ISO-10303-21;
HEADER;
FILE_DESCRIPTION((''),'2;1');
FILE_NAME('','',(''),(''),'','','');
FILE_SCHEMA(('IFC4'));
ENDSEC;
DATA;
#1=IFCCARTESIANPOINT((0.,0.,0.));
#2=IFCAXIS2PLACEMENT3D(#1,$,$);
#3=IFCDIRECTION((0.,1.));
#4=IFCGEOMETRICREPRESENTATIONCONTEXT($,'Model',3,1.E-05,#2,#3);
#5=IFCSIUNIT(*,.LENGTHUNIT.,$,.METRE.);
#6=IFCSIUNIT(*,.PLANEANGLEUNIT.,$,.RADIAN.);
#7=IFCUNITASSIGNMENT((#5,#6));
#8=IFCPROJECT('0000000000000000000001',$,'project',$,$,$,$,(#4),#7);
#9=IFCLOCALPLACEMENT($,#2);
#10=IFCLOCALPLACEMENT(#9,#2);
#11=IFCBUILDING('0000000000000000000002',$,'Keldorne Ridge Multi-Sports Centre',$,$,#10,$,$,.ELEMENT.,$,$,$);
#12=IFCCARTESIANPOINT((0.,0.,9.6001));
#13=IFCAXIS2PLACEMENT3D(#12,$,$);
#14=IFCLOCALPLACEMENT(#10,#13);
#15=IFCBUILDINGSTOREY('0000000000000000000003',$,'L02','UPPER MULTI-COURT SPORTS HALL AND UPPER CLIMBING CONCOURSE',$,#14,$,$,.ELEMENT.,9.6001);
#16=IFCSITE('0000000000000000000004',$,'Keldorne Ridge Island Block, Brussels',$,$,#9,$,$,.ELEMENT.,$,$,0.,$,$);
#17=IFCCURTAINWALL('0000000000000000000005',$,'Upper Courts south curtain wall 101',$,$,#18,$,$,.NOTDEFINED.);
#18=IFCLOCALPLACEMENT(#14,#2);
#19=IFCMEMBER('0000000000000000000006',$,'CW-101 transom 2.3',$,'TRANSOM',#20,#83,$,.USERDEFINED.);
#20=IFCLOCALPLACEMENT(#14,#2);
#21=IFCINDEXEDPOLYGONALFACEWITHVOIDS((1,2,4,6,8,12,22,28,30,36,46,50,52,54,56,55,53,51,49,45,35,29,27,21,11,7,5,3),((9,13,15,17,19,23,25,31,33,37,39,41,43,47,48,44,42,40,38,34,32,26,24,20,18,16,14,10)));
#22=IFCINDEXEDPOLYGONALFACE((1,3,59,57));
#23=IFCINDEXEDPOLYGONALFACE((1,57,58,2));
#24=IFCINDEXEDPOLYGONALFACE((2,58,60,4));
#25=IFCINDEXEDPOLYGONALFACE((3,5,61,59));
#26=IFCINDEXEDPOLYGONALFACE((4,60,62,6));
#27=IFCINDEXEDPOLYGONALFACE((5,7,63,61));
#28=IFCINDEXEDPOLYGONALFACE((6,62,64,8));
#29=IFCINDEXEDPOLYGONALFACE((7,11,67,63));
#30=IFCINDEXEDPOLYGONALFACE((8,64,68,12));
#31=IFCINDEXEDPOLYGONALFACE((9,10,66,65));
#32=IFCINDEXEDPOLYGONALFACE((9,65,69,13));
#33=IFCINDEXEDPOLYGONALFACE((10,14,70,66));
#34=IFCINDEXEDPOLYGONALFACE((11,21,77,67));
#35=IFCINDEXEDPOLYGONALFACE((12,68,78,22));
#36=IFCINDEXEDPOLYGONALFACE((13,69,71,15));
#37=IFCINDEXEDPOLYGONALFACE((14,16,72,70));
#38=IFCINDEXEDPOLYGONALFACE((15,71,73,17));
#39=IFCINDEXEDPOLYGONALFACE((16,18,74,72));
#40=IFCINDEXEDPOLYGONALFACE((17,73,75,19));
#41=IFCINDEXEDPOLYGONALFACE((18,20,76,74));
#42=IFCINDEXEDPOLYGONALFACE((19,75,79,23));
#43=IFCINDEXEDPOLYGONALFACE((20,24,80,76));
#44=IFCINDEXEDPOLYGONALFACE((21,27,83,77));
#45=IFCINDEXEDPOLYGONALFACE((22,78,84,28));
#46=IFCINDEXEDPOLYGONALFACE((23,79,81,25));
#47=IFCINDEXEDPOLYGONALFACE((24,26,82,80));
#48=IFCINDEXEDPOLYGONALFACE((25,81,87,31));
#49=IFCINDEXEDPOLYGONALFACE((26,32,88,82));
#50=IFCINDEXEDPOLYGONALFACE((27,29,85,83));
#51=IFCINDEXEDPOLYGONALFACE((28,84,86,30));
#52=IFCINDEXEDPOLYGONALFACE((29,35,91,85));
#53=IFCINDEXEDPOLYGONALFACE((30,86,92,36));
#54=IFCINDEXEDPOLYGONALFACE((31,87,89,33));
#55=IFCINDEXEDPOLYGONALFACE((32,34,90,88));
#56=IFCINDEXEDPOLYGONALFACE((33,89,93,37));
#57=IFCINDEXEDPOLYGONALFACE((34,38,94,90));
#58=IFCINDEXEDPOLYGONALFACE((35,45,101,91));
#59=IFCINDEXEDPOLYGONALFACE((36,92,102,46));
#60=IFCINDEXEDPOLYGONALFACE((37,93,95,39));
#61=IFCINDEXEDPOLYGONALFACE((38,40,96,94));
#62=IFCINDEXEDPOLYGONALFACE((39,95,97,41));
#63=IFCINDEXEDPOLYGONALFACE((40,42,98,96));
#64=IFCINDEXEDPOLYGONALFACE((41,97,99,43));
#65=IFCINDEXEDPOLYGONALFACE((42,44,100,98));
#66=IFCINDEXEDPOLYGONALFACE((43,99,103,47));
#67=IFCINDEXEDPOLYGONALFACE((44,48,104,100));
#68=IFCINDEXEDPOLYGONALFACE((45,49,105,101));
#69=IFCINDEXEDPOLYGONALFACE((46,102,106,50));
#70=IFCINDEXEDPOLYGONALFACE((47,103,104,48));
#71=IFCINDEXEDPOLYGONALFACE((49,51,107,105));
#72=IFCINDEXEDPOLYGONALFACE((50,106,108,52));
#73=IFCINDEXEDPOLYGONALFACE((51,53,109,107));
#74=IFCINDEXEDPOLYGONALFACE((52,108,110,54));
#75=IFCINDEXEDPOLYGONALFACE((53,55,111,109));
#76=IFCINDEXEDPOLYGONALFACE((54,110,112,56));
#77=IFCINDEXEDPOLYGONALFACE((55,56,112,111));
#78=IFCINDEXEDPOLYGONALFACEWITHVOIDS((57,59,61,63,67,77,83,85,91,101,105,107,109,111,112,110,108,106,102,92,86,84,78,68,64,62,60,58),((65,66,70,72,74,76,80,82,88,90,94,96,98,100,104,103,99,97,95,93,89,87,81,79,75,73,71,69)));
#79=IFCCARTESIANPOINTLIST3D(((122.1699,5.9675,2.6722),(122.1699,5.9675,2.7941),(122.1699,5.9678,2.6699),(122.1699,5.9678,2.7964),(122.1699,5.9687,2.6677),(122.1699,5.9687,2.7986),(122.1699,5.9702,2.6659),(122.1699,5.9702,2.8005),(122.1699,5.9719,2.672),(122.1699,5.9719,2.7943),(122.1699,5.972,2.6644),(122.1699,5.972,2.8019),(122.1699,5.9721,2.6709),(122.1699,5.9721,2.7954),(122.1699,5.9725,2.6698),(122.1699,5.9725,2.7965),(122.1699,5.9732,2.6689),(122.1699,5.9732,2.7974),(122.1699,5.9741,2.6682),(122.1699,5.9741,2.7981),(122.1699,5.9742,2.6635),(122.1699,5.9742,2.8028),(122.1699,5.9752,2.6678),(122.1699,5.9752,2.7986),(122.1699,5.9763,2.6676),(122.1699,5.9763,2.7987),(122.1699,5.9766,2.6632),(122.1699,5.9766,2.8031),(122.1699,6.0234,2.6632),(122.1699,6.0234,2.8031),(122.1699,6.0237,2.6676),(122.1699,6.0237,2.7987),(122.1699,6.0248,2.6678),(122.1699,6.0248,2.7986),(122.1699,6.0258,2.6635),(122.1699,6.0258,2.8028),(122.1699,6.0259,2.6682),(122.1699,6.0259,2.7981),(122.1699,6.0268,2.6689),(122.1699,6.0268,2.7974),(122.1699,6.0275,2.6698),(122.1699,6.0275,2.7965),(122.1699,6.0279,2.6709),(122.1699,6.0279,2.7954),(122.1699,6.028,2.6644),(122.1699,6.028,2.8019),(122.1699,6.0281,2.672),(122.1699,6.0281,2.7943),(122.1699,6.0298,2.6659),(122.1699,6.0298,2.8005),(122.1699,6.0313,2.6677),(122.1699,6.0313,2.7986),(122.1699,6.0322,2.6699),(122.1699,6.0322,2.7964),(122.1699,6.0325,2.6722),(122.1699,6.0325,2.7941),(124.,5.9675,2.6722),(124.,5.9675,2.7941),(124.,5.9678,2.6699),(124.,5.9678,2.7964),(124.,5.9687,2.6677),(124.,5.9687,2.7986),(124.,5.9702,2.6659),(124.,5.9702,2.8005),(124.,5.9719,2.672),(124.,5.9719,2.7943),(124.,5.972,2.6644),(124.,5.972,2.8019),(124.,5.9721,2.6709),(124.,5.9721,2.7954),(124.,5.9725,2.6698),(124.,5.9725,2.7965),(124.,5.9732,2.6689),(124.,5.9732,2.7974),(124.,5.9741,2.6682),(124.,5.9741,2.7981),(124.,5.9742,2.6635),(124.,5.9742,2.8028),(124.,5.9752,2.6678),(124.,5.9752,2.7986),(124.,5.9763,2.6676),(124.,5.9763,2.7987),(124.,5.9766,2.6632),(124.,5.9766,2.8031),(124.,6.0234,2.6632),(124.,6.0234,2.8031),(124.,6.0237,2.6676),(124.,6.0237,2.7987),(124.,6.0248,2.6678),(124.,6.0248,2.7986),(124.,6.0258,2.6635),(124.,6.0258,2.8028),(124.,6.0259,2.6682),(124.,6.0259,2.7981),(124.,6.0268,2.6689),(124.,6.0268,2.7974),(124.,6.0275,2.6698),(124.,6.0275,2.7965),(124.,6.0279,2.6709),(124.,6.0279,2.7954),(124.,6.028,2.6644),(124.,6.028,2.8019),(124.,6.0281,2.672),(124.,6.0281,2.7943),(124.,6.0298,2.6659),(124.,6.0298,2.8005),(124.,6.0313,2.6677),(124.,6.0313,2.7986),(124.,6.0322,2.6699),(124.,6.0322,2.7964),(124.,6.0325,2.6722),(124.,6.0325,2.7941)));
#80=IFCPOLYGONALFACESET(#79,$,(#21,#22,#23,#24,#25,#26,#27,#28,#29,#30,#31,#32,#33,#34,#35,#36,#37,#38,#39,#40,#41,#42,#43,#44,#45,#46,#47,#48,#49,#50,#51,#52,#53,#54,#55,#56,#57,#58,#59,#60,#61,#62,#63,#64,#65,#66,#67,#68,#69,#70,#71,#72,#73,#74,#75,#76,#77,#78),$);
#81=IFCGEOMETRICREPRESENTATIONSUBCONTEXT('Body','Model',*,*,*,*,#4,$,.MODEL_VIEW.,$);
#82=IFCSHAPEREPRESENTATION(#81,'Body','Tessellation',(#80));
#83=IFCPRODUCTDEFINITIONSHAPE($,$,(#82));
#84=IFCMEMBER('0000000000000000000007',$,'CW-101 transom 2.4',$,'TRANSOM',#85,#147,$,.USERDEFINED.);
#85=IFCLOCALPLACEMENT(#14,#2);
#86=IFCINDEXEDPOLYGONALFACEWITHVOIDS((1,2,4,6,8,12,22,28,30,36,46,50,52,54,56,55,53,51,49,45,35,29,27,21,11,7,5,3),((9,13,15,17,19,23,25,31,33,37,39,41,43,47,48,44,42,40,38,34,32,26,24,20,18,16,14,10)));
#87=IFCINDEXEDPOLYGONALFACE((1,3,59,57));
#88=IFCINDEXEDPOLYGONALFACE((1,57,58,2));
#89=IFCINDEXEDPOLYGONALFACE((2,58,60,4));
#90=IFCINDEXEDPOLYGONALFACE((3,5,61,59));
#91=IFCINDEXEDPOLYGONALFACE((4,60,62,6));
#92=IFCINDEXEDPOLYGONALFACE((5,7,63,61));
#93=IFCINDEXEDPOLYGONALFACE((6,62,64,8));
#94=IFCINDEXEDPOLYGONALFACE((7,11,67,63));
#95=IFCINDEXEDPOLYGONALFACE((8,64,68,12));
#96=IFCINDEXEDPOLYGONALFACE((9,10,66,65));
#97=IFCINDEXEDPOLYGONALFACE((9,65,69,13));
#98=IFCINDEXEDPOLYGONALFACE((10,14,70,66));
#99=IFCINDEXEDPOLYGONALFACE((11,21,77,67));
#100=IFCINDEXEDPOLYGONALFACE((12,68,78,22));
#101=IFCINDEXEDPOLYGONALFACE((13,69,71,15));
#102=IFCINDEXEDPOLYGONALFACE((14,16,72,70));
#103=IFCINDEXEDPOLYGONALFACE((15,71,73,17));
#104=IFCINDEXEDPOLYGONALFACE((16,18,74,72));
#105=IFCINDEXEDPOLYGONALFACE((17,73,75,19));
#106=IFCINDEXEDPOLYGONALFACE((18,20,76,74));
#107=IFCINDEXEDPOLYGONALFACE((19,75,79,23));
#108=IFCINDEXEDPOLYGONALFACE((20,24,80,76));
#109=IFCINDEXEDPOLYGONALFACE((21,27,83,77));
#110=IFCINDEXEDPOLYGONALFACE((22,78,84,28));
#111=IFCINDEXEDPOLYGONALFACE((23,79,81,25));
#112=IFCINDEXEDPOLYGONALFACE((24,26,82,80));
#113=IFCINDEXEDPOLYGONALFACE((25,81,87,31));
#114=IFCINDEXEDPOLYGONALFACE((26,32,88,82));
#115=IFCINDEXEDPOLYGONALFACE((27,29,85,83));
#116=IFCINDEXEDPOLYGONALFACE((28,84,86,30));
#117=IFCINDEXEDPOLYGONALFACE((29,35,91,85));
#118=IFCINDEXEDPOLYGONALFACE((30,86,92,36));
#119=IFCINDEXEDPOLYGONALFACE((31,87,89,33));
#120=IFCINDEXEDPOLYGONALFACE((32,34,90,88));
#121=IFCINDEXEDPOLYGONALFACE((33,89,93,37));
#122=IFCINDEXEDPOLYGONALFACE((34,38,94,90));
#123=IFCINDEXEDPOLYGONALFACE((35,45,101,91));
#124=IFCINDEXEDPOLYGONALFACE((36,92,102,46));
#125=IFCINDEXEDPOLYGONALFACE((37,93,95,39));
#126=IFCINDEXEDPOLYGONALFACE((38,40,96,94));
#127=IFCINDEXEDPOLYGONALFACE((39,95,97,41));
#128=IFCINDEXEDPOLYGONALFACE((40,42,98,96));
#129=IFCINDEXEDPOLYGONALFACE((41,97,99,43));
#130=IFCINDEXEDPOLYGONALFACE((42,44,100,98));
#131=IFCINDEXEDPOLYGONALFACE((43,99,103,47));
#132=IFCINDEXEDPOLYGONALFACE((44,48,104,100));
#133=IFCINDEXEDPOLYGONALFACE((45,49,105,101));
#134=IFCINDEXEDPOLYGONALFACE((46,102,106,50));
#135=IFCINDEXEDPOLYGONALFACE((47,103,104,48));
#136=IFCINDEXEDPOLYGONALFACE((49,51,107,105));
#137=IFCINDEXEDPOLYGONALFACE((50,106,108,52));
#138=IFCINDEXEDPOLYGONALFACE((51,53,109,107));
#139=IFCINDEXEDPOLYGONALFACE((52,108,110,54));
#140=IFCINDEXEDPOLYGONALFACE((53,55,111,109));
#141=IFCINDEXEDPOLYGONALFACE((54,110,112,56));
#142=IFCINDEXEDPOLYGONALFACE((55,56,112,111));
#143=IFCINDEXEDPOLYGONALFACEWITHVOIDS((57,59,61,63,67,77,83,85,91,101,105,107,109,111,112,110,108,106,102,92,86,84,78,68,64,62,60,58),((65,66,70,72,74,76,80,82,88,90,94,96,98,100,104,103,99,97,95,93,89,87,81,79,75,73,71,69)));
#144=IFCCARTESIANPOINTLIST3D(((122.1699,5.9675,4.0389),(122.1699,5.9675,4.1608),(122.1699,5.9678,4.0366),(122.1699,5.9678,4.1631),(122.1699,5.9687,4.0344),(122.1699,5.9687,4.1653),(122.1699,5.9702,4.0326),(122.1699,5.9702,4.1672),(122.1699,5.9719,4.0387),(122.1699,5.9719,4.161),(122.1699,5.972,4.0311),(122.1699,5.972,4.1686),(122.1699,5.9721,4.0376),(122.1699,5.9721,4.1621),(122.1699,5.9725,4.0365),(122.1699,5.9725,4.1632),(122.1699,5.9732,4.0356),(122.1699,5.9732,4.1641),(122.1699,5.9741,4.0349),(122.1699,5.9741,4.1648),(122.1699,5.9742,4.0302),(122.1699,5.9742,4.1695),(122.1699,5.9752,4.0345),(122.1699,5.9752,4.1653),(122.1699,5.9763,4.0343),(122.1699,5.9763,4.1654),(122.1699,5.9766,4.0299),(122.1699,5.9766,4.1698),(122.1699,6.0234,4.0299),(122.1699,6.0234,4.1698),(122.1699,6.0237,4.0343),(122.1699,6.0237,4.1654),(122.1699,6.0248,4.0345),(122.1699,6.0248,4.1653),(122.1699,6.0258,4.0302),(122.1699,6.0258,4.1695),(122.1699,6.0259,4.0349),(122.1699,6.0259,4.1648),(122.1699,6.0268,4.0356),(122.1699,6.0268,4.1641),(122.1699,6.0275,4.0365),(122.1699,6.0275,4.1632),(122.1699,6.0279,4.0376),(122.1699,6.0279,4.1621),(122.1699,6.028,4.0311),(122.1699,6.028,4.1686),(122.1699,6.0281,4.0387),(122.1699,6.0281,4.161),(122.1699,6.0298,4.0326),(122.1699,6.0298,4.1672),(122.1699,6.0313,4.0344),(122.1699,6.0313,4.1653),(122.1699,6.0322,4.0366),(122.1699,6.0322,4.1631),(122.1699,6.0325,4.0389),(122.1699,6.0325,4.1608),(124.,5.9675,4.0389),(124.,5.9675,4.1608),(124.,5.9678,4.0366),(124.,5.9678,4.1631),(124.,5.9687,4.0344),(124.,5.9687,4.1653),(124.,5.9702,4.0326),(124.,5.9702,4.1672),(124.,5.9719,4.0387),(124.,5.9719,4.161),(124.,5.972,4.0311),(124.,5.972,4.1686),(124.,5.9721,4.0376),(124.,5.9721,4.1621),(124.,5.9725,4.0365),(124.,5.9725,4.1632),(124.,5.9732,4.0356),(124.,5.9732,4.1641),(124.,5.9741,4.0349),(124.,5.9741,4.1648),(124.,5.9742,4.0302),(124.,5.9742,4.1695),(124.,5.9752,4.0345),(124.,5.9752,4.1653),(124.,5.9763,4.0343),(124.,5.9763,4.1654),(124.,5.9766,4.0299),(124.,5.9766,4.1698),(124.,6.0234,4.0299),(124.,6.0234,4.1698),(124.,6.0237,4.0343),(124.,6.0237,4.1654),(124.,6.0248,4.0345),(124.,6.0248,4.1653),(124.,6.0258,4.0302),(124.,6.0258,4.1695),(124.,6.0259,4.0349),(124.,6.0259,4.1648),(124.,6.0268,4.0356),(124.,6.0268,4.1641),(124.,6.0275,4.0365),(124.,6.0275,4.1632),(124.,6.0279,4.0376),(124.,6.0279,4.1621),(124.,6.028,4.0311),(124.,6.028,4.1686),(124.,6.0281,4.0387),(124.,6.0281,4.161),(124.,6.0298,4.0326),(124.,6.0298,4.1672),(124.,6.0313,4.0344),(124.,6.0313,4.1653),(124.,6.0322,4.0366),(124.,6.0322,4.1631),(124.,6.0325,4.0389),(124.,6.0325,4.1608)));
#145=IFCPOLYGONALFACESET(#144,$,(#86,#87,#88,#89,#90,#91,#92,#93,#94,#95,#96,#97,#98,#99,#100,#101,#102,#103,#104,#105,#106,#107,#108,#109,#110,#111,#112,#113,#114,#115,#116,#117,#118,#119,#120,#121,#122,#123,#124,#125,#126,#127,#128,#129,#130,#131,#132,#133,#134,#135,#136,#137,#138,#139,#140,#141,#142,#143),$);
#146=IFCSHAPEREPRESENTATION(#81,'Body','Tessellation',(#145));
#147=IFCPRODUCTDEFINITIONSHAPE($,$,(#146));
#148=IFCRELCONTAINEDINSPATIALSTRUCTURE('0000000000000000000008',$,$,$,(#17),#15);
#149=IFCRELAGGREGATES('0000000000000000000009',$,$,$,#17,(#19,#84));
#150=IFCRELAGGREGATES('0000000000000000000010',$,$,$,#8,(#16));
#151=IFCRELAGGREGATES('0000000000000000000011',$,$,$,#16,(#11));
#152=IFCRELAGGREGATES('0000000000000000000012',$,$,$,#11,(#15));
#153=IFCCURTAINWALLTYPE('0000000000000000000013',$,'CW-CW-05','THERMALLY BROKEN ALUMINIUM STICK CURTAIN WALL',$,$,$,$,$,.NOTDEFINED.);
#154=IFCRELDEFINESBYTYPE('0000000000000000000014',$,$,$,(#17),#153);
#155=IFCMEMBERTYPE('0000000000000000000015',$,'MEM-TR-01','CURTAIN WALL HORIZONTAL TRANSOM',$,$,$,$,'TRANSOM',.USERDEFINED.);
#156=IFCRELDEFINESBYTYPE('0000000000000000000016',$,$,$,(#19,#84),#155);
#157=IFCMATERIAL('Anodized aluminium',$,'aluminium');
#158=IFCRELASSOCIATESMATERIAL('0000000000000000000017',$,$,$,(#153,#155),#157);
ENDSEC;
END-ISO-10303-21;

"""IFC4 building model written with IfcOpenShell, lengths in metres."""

from ifc_helpers import new_model, si_unit, direction, frame, origin, origin_2d, place, context, subcontext, project, spatial, hollow_rectangle, extrude, material, material_profile, profile_set, type_object, element, aggregate, save


model = new_model("IFC4")

# Units and contexts
model_context = context("Model", 3, precision=1e-05, world=origin(), true_north=direction((0.0, 1.0)))
body_context = subcontext(model_context, "Body", "Model", "MODEL_VIEW")
ifc_project = project(units=[si_unit("LENGTHUNIT", "METRE"), si_unit("PLANEANGLEUNIT", "RADIAN")], contexts=[model_context])

# Site, building, storey
site_placement = place(None, origin())
site = spatial("IfcSite", under=ifc_project, at=site_placement, Name="Keldorne Ridge Island Block, Brussels", CompositionType="ELEMENT", RefElevation=0.0)
building_placement = place(site_placement, origin())
building = spatial("IfcBuilding", under=site, at=building_placement, Name="Keldorne Ridge Multi-Sports Centre", CompositionType="ELEMENT")
storey_placement = place(building_placement, frame((0.0, 0.0, 9.6001)))
storey = spatial("IfcBuildingStorey", under=building, at=storey_placement, Name="L02", Description="UPPER MULTI-COURT SPORTS HALL AND UPPER CLIMBING CONCOURSE", CompositionType="ELEMENT", Elevation=9.6001)

# Curtain wall, members
ifc_material_1 = material(Name="Anodized aluminium", Category="aluminium")
curtain_wall_type = type_object("IfcCurtainWallType", Name="CW-CW-05", Description="THERMALLY BROKEN ALUMINIUM STICK CURTAIN WALL", PredefinedType="NOTDEFINED", material=ifc_material_1)
curtain_wall_placement = place(storey_placement, origin())
curtain_wall = element("IfcCurtainWall", 1, at=curtain_wall_placement, inside=storey, type_object=curtain_wall_type, Name="Upper Courts south curtain wall 101", PredefinedType="NOTDEFINED")
ifc_material_profile_1 = material_profile(ifc_material_1, hollow_rectangle(XDim=0.0649, YDim=0.1399, WallThickness=0.0044, InnerFilletRadius=0.0044, OuterFilletRadius=0.009, at=origin_2d()), Name="ALU TRANSOM 140x65x4.5")
ifc_profile_set_1 = profile_set([ifc_material_profile_1], Name="Anodized aluminium")
member_type_1 = type_object("IfcMemberType", Name="MEM-TR-01", Description="CURTAIN WALL HORIZONTAL TRANSOM", ElementType="TRANSOM", PredefinedType="USERDEFINED", material=ifc_profile_set_1)
member_1_placement = place(storey_placement, frame((122.1699, 6.0, 2.7332), z_axis=(1.0, 0.0, 0.0), x_axis=(0.0, 1.0, 0.0)))
member_1 = element("IfcMember", 2, at=member_1_placement, type_object=member_type_1, Name="CW-101 transom 2.3", ObjectType="TRANSOM", PredefinedType="USERDEFINED", context=body_context, shape_type="SweptSolid", body=[
    extrude(hollow_rectangle(XDim=0.0649, YDim=0.1399, WallThickness=0.0044, InnerFilletRadius=0.0044, OuterFilletRadius=0.009, at=origin_2d()), origin(), (0.0, 0.0, 1.0), 1.8301),
])
member_2_placement = place(storey_placement, frame((122.1699, 6.0, 4.0999), z_axis=(1.0, 0.0, 0.0), x_axis=(0.0, 1.0, 0.0)))
member_2 = element("IfcMember", 3, at=member_2_placement, type_object=member_type_1, Name="CW-101 transom 2.4", ObjectType="TRANSOM", PredefinedType="USERDEFINED", context=body_context, shape_type="SweptSolid", body=[
    extrude(hollow_rectangle(XDim=0.0649, YDim=0.1399, WallThickness=0.0044, InnerFilletRadius=0.0044, OuterFilletRadius=0.009, at=origin_2d()), origin(), (0.0, 0.0, 1.0), 1.8301),
])
aggregate(curtain_wall, [member_1, member_2])

save(model, "model.ifc")
